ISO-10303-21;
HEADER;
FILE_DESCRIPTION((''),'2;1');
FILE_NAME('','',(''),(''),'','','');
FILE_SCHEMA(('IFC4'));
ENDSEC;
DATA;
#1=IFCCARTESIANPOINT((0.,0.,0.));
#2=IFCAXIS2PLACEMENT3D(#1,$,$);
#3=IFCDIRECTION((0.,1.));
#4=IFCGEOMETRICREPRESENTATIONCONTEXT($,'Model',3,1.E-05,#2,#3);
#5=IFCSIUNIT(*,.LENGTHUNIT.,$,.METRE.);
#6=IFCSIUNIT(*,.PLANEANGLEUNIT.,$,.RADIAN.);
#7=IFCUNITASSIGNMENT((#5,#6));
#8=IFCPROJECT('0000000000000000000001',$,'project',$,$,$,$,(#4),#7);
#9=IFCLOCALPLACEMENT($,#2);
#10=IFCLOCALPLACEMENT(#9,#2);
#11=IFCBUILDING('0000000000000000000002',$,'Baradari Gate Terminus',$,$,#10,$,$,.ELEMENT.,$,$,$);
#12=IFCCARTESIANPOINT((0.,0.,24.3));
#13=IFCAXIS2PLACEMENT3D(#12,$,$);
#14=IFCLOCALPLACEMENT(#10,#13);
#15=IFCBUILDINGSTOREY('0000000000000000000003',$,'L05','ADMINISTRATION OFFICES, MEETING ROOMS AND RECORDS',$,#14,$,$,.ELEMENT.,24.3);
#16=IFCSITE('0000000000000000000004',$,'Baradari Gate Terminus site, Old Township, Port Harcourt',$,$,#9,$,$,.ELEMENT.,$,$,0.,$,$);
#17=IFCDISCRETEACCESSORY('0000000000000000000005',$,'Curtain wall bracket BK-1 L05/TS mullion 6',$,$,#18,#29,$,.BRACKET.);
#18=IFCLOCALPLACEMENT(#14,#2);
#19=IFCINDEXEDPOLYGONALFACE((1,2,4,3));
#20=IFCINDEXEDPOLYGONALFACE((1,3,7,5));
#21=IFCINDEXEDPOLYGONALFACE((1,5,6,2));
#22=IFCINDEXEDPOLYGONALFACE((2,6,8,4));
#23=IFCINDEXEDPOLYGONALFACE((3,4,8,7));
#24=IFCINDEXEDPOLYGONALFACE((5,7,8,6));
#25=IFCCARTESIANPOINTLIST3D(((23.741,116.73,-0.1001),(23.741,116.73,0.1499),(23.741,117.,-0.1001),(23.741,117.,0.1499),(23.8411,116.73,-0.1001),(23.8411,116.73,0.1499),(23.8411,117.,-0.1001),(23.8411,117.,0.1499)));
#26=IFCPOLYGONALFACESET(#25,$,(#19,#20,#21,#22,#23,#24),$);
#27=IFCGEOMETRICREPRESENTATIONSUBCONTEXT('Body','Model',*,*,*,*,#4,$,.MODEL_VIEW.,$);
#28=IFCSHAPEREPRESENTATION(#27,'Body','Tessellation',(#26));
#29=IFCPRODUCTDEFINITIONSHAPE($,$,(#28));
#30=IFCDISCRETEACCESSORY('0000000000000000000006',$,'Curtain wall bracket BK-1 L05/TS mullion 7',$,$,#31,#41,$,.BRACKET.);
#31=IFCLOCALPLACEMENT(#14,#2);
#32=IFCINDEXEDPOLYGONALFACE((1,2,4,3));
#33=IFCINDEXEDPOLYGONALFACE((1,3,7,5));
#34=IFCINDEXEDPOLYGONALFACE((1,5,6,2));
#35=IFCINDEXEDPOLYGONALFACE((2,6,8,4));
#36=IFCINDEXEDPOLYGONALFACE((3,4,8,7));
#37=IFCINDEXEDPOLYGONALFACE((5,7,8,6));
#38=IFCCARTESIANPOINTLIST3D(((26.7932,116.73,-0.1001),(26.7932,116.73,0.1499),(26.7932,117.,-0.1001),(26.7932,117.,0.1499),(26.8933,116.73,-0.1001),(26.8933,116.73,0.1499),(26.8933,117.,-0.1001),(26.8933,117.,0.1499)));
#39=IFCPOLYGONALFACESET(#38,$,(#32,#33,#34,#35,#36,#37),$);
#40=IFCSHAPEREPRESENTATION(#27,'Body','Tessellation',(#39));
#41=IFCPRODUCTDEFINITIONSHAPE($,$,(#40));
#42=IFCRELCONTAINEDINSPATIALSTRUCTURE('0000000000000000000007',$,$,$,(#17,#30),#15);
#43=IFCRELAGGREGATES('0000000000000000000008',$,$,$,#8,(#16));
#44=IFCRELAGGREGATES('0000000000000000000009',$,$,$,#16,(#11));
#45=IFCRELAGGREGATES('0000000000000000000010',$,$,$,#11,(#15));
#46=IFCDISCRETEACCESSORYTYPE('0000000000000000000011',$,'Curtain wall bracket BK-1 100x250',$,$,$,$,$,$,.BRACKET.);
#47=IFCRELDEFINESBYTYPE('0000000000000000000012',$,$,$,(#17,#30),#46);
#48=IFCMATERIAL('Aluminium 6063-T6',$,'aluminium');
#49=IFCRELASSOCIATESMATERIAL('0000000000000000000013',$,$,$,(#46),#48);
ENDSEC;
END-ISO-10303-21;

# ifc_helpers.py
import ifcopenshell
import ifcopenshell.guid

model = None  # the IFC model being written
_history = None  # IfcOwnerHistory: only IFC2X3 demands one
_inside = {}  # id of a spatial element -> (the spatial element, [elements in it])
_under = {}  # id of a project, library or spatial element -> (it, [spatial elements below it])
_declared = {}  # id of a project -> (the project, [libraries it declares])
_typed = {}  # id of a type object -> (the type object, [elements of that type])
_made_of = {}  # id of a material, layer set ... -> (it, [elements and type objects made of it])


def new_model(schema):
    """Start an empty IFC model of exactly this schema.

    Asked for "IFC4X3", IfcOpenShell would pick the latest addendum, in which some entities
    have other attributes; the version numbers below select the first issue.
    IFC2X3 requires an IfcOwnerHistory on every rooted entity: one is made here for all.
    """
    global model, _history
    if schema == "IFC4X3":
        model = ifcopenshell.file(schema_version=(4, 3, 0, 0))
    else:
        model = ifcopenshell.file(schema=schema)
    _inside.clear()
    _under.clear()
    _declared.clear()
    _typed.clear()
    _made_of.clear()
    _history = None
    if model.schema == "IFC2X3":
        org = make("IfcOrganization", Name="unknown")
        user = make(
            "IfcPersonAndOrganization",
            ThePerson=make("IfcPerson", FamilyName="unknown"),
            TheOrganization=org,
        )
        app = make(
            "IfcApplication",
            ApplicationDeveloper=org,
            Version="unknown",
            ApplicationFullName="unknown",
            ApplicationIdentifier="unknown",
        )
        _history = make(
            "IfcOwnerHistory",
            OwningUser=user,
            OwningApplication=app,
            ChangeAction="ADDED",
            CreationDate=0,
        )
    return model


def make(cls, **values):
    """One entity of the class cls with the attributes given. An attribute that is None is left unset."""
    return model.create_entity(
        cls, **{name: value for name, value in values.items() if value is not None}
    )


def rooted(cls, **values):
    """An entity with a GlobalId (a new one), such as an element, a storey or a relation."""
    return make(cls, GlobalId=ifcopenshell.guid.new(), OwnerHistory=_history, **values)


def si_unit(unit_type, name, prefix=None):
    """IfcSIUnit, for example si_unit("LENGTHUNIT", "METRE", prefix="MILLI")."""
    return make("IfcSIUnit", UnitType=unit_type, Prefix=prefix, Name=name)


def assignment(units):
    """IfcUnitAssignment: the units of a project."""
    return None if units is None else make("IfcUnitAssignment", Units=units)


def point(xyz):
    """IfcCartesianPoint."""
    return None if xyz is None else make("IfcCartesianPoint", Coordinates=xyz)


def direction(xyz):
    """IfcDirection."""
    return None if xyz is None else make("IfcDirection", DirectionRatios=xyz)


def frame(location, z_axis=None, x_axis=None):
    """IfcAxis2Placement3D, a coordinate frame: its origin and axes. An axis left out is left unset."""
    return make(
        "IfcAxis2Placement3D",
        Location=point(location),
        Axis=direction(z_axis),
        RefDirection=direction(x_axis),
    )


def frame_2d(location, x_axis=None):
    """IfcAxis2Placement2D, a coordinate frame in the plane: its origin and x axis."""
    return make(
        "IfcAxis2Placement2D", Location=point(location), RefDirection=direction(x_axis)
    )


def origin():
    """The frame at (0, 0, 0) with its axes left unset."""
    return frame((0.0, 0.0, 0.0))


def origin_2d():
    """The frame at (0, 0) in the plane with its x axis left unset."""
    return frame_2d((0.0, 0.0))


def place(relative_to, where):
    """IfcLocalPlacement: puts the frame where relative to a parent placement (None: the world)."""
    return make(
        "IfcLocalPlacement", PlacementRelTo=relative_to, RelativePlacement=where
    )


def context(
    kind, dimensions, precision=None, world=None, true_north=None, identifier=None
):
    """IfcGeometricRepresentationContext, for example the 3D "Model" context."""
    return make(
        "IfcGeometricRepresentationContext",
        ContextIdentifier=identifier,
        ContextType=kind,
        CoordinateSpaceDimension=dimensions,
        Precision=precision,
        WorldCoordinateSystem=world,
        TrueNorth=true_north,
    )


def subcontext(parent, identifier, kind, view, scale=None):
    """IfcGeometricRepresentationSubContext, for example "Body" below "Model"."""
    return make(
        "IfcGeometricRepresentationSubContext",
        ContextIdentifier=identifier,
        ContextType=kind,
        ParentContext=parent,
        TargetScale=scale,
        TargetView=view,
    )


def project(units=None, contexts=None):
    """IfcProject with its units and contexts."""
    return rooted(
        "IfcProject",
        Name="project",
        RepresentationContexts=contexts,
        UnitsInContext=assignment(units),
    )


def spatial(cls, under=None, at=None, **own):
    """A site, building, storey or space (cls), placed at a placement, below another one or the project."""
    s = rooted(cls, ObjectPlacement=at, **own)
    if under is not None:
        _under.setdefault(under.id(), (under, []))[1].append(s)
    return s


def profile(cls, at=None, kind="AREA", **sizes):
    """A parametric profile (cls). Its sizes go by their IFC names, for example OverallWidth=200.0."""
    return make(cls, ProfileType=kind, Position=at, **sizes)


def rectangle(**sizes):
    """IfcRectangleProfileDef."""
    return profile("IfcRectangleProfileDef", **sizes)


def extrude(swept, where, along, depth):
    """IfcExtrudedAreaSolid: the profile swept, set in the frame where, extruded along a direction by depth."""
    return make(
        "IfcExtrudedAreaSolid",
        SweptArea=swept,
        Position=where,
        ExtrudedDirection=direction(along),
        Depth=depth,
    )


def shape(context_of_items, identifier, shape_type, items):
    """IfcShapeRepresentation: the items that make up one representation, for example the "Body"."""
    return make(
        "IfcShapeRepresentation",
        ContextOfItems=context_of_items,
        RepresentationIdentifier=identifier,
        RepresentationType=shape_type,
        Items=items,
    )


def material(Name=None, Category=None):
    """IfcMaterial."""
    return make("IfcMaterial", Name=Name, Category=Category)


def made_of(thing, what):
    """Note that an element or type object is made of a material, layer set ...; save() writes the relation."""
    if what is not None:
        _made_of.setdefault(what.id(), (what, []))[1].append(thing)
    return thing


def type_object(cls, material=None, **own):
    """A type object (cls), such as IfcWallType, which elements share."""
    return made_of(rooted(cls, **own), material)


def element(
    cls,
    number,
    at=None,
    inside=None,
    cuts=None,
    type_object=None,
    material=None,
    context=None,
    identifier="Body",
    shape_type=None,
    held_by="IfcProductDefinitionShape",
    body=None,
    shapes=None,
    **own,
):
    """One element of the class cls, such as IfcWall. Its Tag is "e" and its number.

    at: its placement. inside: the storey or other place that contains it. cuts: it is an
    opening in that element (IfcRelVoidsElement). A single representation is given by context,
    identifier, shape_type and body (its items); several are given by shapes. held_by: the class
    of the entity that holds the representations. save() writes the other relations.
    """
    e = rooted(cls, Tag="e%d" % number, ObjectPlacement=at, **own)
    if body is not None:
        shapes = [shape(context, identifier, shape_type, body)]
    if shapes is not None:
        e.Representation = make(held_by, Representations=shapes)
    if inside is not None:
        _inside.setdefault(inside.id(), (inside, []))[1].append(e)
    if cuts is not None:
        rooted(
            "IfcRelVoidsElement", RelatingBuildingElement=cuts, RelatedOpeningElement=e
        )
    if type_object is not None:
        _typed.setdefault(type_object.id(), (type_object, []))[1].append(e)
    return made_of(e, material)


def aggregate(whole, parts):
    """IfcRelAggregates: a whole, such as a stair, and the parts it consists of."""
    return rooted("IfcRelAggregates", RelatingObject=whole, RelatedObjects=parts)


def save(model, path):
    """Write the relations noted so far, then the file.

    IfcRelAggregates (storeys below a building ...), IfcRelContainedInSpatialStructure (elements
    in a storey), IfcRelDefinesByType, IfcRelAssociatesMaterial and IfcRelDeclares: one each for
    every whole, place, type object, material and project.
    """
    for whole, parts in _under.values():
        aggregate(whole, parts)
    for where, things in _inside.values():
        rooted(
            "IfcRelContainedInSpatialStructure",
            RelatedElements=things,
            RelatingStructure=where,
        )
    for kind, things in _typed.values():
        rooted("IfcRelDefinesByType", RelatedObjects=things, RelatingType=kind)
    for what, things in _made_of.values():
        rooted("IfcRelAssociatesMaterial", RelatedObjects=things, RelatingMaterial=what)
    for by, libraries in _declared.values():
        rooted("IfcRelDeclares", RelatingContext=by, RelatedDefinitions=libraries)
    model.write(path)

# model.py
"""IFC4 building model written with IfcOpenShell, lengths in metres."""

from ifc_helpers import new_model, si_unit, direction, frame, origin, origin_2d, place, context, subcontext, project, spatial, rectangle, extrude, material, type_object, element, save


model = new_model("IFC4")

# Units and contexts
model_context = context("Model", 3, precision=1e-05, world=origin(), true_north=direction((0.0, 1.0)))
body_context = subcontext(model_context, "Body", "Model", "MODEL_VIEW")
ifc_project = project(units=[si_unit("LENGTHUNIT", "METRE"), si_unit("PLANEANGLEUNIT", "RADIAN")], contexts=[model_context])

# Site, building, storey
site_placement = place(None, origin())
site = spatial("IfcSite", under=ifc_project, at=site_placement, Name="Baradari Gate Terminus site, Old Township, Port Harcourt", CompositionType="ELEMENT", RefElevation=0.0)
building_placement = place(site_placement, origin())
building = spatial("IfcBuilding", under=site, at=building_placement, Name="Baradari Gate Terminus", CompositionType="ELEMENT")
storey_placement = place(building_placement, frame((0.0, 0.0, 24.3)))
storey = spatial("IfcBuildingStorey", under=building, at=storey_placement, Name="L05", Description="ADMINISTRATION OFFICES, MEETING ROOMS AND RECORDS", CompositionType="ELEMENT", Elevation=24.3)

# Discrete accessories
ifc_material_1 = material(Name="Aluminium 6063-T6", Category="aluminium")
discrete_accessory_type = type_object("IfcDiscreteAccessoryType", Name="Curtain wall bracket BK-1 100x250", PredefinedType="BRACKET", material=ifc_material_1)
for number, where, z_axis, x_axis, name in (
    (1, (23.791, 116.865, -0.1001), (0.0, 0.0, 1.0), (0.0, -1.0, 0.0), "Curtain wall bracket BK-1 L05/TS mullion 6"),
    (2, (26.8433, 116.865, -0.1001), (0.0, 0.0, 1.0), (0.0, -1.0, 0.0), "Curtain wall bracket BK-1 L05/TS mullion 7"),
):
    element("IfcDiscreteAccessory", number, at=place(storey_placement, frame(where, z_axis=z_axis, x_axis=x_axis)), inside=storey, type_object=discrete_accessory_type, Name=name, PredefinedType="BRACKET", context=body_context, shape_type="SweptSolid", body=[
        extrude(rectangle(XDim=0.27, YDim=0.1001, at=origin_2d()), origin(), (0.0, 0.0, 1.0), 0.25),
    ])

save(model, "model.ifc")
